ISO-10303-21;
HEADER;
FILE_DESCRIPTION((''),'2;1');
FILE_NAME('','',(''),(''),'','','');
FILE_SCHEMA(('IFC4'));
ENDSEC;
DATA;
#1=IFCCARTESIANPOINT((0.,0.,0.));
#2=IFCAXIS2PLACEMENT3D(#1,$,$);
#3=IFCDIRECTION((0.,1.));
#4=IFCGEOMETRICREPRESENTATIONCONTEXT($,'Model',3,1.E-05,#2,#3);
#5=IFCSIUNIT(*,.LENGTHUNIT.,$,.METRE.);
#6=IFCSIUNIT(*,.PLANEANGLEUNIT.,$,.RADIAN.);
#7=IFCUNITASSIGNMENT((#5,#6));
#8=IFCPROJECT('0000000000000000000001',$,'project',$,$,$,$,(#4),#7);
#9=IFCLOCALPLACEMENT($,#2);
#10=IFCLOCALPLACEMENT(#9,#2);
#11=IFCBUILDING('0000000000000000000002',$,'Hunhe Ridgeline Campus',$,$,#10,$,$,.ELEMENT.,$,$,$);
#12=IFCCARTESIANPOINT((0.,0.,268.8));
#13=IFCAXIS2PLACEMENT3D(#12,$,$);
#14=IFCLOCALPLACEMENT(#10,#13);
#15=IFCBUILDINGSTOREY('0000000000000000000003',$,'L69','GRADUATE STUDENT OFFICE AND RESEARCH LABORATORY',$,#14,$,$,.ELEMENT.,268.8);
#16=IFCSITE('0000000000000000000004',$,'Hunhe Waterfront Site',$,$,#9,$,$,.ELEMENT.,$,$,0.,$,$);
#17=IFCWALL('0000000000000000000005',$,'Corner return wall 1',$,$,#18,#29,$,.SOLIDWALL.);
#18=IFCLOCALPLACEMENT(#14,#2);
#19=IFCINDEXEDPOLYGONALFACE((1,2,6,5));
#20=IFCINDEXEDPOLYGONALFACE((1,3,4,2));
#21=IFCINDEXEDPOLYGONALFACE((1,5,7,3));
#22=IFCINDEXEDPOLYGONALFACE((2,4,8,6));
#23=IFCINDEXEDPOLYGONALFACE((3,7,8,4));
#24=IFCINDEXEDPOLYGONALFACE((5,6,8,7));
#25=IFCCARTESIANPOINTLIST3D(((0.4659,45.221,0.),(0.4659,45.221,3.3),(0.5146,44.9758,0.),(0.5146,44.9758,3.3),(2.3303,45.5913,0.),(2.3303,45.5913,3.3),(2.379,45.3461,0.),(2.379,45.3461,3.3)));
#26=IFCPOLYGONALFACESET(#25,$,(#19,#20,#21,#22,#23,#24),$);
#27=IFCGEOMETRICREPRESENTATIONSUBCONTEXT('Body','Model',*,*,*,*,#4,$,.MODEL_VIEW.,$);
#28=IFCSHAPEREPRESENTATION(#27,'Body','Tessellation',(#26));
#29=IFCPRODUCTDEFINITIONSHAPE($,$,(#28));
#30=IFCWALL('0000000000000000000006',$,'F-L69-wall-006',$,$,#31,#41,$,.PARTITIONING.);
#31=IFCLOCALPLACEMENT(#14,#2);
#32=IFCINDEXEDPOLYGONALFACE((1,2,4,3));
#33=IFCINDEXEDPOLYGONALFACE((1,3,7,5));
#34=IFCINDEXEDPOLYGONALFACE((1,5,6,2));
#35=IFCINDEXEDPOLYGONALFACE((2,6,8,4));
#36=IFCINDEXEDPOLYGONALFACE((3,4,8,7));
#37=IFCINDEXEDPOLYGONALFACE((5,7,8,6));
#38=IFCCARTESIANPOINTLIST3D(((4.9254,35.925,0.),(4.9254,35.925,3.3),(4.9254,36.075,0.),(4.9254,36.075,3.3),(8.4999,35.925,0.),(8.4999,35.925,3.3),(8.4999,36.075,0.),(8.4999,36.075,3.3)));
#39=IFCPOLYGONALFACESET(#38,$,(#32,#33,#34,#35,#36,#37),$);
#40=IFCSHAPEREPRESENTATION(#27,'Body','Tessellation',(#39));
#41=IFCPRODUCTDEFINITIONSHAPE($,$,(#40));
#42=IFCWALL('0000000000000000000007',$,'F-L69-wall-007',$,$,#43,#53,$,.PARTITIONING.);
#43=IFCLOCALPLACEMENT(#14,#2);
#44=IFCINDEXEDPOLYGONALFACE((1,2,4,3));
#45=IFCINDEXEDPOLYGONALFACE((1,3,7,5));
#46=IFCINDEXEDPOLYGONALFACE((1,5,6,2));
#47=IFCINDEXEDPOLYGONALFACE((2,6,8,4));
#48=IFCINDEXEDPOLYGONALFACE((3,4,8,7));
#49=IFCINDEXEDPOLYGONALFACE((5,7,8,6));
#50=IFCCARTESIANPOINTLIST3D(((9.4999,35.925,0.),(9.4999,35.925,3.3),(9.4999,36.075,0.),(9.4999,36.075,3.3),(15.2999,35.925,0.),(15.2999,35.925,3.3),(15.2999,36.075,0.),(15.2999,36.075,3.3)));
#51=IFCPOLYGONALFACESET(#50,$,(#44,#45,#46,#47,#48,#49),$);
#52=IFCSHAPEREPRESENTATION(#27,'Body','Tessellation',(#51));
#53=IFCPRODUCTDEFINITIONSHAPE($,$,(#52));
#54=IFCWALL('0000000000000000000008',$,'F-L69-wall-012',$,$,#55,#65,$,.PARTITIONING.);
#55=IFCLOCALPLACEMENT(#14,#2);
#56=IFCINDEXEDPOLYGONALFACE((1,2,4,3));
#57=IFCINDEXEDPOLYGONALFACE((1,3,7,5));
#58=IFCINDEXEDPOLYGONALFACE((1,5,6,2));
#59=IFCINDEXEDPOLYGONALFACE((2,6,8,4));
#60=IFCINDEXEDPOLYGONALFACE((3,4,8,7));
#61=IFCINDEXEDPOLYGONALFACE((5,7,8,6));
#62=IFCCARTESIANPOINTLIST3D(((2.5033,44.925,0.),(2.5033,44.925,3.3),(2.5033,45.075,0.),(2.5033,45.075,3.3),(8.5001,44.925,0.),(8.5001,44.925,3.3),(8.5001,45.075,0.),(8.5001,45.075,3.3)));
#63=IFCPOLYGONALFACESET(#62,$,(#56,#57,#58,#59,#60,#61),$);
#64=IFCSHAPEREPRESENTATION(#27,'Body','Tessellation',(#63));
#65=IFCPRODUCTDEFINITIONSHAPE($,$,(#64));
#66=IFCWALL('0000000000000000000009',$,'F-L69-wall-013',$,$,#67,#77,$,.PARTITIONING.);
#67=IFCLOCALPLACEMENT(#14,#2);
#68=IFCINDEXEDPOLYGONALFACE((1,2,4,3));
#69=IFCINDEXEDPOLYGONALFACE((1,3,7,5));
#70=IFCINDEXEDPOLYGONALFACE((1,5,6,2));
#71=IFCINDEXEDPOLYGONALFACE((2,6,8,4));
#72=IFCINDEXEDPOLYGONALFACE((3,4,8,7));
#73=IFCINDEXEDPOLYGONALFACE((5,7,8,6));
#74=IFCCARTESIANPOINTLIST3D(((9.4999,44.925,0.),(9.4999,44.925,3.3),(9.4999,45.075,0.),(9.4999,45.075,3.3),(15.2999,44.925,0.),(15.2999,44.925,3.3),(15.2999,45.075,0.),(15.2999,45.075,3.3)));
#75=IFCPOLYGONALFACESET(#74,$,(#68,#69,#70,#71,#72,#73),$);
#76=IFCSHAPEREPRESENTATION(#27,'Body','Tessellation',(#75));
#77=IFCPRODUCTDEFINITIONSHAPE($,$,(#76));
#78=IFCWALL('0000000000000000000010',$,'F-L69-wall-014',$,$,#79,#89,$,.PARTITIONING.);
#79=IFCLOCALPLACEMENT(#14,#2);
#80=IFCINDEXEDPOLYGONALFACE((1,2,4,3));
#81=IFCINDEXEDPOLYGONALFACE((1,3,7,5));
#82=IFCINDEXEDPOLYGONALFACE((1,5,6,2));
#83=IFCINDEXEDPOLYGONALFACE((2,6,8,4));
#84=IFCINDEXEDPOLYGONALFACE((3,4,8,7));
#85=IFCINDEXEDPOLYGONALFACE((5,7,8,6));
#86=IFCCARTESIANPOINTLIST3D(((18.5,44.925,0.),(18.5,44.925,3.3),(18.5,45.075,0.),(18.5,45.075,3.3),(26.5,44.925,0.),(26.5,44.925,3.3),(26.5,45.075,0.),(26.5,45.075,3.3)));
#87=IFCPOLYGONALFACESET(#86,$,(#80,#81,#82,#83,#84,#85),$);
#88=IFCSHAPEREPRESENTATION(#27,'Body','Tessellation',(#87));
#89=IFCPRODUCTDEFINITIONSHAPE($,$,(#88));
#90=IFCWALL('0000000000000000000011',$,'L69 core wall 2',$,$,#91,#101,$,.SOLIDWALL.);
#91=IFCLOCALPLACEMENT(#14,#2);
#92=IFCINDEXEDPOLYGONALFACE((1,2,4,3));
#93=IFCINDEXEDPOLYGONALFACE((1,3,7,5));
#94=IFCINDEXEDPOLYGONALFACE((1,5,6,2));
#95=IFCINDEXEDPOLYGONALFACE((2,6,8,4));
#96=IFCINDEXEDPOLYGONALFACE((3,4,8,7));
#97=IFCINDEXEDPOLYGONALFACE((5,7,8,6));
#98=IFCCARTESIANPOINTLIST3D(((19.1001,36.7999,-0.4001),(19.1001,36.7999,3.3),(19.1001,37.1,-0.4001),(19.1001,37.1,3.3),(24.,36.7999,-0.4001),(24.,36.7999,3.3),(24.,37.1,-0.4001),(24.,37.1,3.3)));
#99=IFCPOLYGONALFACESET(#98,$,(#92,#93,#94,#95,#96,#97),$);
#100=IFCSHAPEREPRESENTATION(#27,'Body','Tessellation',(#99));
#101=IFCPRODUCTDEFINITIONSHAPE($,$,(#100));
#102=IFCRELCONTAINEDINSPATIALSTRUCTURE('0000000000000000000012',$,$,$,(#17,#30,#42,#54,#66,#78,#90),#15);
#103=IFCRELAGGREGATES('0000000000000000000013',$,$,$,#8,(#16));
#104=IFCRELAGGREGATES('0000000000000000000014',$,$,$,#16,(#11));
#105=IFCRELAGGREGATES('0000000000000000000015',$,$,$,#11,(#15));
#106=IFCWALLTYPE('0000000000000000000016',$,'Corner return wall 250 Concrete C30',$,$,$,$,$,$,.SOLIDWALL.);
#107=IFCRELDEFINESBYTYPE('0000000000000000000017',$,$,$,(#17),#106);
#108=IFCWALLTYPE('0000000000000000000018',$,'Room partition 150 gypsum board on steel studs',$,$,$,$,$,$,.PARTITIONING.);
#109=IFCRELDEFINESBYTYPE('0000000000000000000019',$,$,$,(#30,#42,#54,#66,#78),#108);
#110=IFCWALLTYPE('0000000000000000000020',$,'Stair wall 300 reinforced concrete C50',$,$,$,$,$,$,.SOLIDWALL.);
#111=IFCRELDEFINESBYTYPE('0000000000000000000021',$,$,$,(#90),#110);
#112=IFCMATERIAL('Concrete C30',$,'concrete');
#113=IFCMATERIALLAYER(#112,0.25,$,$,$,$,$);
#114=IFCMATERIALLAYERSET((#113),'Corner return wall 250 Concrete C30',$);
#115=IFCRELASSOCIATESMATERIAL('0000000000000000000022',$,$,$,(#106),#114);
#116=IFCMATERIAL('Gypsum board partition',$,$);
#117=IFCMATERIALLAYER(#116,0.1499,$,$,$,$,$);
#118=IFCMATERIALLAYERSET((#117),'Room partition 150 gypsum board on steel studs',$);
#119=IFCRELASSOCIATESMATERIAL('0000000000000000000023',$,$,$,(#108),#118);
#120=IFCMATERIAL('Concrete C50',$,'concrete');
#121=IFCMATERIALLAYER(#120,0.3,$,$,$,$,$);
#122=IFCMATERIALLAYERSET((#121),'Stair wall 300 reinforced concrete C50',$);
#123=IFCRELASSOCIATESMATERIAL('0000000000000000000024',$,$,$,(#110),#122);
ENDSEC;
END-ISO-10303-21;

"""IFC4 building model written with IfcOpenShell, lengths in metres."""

from ifc_helpers import new_model, si_unit, direction, frame, frame_2d, origin, place, context, subcontext, project, spatial, rectangle, extrude, material, layer, layer_set, type_object, element, save


model = new_model("IFC4")

# Units and contexts
model_context = context("Model", 3, precision=1e-05, world=origin(), true_north=direction((0.0, 1.0)))
body_context = subcontext(model_context, "Body", "Model", "MODEL_VIEW")
ifc_project = project(units=[si_unit("LENGTHUNIT", "METRE"), si_unit("PLANEANGLEUNIT", "RADIAN")], contexts=[model_context])

# Site, building, storey
site_placement = place(None, origin())
site = spatial("IfcSite", under=ifc_project, at=site_placement, Name="Hunhe Waterfront Site", CompositionType="ELEMENT", RefElevation=0.0)
building_placement = place(site_placement, origin())
building = spatial("IfcBuilding", under=site, at=building_placement, Name="Hunhe Ridgeline Campus", CompositionType="ELEMENT")
storey_placement = place(building_placement, frame((0.0, 0.0, 268.8)))
storey = spatial("IfcBuildingStorey", under=building, at=storey_placement, Name="L69", Description="GRADUATE STUDENT OFFICE AND RESEARCH LABORATORY", CompositionType="ELEMENT", Elevation=268.8)

# Shared definitions
ifc_material_1 = material(Name="Concrete C50", Category="concrete")

# Walls
ifc_material_2 = material(Name="Concrete C30", Category="concrete")
ifc_layer_1 = layer(ifc_material_2, 0.25)
ifc_layer_set_1 = layer_set([ifc_layer_1], Name="Corner return wall 250 Concrete C30")
wall_type_1 = type_object("IfcWallType", Name="Corner return wall 250 Concrete C30", PredefinedType="SOLIDWALL", material=ifc_layer_set_1)
wall_1_placement = place(storey_placement, frame((0.4902, 45.0984, 0.0), z_axis=(0.0, 0.0, 1.0), x_axis=(0.980837, 0.194832, 0.0)))
element("IfcWall", 1, at=wall_1_placement, inside=storey, type_object=wall_type_1, Name="Corner return wall 1", PredefinedType="SOLIDWALL", context=body_context, shape_type="SweptSolid", body=[
    extrude(rectangle(XDim=1.9009, YDim=0.25, at=frame_2d((0.9504, 0.0))), origin(), (0.0, 0.0, 1.0), 3.3),
])
ifc_material_3 = material(Name="Gypsum board partition")
ifc_layer_2 = layer(ifc_material_3, 0.1499)
ifc_layer_set_2 = layer_set([ifc_layer_2], Name="Room partition 150 gypsum board on steel studs")
wall_type_2 = type_object("IfcWallType", Name="Room partition 150 gypsum board on steel studs", PredefinedType="PARTITIONING", material=ifc_layer_set_2)
wall_2_placement = place(storey_placement, frame((4.9255, 36.0, 0.0), z_axis=(0.0, 0.0, 1.0), x_axis=(1.0, 0.0, 0.0)))
element("IfcWall", 2, at=wall_2_placement, inside=storey, type_object=wall_type_2, Name="F-L69-wall-006", PredefinedType="PARTITIONING", context=body_context, shape_type="SweptSolid", body=[
    extrude(rectangle(XDim=3.5745, YDim=0.1499, at=frame_2d((1.7871, 0.0))), origin(), (0.0, 0.0, 1.0), 3.3),
])
wall_3_placement = place(storey_placement, frame((9.5, 36.0, 0.0), z_axis=(0.0, 0.0, 1.0), x_axis=(1.0, 0.0, 0.0)))
element("IfcWall", 3, at=wall_3_placement, inside=storey, type_object=wall_type_2, Name="F-L69-wall-007", PredefinedType="PARTITIONING", context=body_context, shape_type="SweptSolid", body=[
    extrude(rectangle(XDim=5.8, YDim=0.1499, at=frame_2d((2.8999, 0.0))), origin(), (0.0, 0.0, 1.0), 3.3),
])
wall_4_placement = place(storey_placement, frame((2.5032, 45.0, 0.0), z_axis=(0.0, 0.0, 1.0), x_axis=(1.0, 0.0, 0.0)))
element("IfcWall", 4, at=wall_4_placement, inside=storey, type_object=wall_type_2, Name="F-L69-wall-012", PredefinedType="PARTITIONING", context=body_context, shape_type="SweptSolid", body=[
    extrude(rectangle(XDim=5.9968, YDim=0.1499, at=frame_2d((2.9985, 0.0))), origin(), (0.0, 0.0, 1.0), 3.3),
])
wall_5_placement = place(storey_placement, frame((9.5, 45.0, 0.0), z_axis=(0.0, 0.0, 1.0), x_axis=(1.0, 0.0, 0.0)))
element("IfcWall", 5, at=wall_5_placement, inside=storey, type_object=wall_type_2, Name="F-L69-wall-013", PredefinedType="PARTITIONING", context=body_context, shape_type="SweptSolid", body=[
    extrude(rectangle(XDim=5.8, YDim=0.1499, at=frame_2d((2.8999, 0.0))), origin(), (0.0, 0.0, 1.0), 3.3),
])
wall_6_placement = place(storey_placement, frame((18.5, 45.0, 0.0), z_axis=(0.0, 0.0, 1.0), x_axis=(1.0, 0.0, 0.0)))
element("IfcWall", 6, at=wall_6_placement, inside=storey, type_object=wall_type_2, Name="F-L69-wall-014", PredefinedType="PARTITIONING", context=body_context, shape_type="SweptSolid", body=[
    extrude(rectangle(XDim=8.0, YDim=0.1499, at=frame_2d((4.0, 0.0))), origin(), (0.0, 0.0, 1.0), 3.3),
])
ifc_layer_3 = layer(ifc_material_1, 0.3)
ifc_layer_set_3 = layer_set([ifc_layer_3], Name="Stair wall 300 reinforced concrete C50")
wall_type_3 = type_object("IfcWallType", Name="Stair wall 300 reinforced concrete C50", PredefinedType="SOLIDWALL", material=ifc_layer_set_3)
wall_7_placement = place(storey_placement, frame((19.1001, 36.95, -0.4001), z_axis=(0.0, 0.0, 1.0), x_axis=(1.0, 0.0, 0.0)))
element("IfcWall", 7, at=wall_7_placement, inside=storey, type_object=wall_type_3, Name="L69 core wall 2", PredefinedType="SOLIDWALL", context=body_context, shape_type="SweptSolid", body=[
    extrude(rectangle(XDim=4.8999, YDim=0.3, at=frame_2d((2.45, 0.0))), origin(), (0.0, 0.0, 1.0), 3.7002),
])

save(model, "model.ifc")
